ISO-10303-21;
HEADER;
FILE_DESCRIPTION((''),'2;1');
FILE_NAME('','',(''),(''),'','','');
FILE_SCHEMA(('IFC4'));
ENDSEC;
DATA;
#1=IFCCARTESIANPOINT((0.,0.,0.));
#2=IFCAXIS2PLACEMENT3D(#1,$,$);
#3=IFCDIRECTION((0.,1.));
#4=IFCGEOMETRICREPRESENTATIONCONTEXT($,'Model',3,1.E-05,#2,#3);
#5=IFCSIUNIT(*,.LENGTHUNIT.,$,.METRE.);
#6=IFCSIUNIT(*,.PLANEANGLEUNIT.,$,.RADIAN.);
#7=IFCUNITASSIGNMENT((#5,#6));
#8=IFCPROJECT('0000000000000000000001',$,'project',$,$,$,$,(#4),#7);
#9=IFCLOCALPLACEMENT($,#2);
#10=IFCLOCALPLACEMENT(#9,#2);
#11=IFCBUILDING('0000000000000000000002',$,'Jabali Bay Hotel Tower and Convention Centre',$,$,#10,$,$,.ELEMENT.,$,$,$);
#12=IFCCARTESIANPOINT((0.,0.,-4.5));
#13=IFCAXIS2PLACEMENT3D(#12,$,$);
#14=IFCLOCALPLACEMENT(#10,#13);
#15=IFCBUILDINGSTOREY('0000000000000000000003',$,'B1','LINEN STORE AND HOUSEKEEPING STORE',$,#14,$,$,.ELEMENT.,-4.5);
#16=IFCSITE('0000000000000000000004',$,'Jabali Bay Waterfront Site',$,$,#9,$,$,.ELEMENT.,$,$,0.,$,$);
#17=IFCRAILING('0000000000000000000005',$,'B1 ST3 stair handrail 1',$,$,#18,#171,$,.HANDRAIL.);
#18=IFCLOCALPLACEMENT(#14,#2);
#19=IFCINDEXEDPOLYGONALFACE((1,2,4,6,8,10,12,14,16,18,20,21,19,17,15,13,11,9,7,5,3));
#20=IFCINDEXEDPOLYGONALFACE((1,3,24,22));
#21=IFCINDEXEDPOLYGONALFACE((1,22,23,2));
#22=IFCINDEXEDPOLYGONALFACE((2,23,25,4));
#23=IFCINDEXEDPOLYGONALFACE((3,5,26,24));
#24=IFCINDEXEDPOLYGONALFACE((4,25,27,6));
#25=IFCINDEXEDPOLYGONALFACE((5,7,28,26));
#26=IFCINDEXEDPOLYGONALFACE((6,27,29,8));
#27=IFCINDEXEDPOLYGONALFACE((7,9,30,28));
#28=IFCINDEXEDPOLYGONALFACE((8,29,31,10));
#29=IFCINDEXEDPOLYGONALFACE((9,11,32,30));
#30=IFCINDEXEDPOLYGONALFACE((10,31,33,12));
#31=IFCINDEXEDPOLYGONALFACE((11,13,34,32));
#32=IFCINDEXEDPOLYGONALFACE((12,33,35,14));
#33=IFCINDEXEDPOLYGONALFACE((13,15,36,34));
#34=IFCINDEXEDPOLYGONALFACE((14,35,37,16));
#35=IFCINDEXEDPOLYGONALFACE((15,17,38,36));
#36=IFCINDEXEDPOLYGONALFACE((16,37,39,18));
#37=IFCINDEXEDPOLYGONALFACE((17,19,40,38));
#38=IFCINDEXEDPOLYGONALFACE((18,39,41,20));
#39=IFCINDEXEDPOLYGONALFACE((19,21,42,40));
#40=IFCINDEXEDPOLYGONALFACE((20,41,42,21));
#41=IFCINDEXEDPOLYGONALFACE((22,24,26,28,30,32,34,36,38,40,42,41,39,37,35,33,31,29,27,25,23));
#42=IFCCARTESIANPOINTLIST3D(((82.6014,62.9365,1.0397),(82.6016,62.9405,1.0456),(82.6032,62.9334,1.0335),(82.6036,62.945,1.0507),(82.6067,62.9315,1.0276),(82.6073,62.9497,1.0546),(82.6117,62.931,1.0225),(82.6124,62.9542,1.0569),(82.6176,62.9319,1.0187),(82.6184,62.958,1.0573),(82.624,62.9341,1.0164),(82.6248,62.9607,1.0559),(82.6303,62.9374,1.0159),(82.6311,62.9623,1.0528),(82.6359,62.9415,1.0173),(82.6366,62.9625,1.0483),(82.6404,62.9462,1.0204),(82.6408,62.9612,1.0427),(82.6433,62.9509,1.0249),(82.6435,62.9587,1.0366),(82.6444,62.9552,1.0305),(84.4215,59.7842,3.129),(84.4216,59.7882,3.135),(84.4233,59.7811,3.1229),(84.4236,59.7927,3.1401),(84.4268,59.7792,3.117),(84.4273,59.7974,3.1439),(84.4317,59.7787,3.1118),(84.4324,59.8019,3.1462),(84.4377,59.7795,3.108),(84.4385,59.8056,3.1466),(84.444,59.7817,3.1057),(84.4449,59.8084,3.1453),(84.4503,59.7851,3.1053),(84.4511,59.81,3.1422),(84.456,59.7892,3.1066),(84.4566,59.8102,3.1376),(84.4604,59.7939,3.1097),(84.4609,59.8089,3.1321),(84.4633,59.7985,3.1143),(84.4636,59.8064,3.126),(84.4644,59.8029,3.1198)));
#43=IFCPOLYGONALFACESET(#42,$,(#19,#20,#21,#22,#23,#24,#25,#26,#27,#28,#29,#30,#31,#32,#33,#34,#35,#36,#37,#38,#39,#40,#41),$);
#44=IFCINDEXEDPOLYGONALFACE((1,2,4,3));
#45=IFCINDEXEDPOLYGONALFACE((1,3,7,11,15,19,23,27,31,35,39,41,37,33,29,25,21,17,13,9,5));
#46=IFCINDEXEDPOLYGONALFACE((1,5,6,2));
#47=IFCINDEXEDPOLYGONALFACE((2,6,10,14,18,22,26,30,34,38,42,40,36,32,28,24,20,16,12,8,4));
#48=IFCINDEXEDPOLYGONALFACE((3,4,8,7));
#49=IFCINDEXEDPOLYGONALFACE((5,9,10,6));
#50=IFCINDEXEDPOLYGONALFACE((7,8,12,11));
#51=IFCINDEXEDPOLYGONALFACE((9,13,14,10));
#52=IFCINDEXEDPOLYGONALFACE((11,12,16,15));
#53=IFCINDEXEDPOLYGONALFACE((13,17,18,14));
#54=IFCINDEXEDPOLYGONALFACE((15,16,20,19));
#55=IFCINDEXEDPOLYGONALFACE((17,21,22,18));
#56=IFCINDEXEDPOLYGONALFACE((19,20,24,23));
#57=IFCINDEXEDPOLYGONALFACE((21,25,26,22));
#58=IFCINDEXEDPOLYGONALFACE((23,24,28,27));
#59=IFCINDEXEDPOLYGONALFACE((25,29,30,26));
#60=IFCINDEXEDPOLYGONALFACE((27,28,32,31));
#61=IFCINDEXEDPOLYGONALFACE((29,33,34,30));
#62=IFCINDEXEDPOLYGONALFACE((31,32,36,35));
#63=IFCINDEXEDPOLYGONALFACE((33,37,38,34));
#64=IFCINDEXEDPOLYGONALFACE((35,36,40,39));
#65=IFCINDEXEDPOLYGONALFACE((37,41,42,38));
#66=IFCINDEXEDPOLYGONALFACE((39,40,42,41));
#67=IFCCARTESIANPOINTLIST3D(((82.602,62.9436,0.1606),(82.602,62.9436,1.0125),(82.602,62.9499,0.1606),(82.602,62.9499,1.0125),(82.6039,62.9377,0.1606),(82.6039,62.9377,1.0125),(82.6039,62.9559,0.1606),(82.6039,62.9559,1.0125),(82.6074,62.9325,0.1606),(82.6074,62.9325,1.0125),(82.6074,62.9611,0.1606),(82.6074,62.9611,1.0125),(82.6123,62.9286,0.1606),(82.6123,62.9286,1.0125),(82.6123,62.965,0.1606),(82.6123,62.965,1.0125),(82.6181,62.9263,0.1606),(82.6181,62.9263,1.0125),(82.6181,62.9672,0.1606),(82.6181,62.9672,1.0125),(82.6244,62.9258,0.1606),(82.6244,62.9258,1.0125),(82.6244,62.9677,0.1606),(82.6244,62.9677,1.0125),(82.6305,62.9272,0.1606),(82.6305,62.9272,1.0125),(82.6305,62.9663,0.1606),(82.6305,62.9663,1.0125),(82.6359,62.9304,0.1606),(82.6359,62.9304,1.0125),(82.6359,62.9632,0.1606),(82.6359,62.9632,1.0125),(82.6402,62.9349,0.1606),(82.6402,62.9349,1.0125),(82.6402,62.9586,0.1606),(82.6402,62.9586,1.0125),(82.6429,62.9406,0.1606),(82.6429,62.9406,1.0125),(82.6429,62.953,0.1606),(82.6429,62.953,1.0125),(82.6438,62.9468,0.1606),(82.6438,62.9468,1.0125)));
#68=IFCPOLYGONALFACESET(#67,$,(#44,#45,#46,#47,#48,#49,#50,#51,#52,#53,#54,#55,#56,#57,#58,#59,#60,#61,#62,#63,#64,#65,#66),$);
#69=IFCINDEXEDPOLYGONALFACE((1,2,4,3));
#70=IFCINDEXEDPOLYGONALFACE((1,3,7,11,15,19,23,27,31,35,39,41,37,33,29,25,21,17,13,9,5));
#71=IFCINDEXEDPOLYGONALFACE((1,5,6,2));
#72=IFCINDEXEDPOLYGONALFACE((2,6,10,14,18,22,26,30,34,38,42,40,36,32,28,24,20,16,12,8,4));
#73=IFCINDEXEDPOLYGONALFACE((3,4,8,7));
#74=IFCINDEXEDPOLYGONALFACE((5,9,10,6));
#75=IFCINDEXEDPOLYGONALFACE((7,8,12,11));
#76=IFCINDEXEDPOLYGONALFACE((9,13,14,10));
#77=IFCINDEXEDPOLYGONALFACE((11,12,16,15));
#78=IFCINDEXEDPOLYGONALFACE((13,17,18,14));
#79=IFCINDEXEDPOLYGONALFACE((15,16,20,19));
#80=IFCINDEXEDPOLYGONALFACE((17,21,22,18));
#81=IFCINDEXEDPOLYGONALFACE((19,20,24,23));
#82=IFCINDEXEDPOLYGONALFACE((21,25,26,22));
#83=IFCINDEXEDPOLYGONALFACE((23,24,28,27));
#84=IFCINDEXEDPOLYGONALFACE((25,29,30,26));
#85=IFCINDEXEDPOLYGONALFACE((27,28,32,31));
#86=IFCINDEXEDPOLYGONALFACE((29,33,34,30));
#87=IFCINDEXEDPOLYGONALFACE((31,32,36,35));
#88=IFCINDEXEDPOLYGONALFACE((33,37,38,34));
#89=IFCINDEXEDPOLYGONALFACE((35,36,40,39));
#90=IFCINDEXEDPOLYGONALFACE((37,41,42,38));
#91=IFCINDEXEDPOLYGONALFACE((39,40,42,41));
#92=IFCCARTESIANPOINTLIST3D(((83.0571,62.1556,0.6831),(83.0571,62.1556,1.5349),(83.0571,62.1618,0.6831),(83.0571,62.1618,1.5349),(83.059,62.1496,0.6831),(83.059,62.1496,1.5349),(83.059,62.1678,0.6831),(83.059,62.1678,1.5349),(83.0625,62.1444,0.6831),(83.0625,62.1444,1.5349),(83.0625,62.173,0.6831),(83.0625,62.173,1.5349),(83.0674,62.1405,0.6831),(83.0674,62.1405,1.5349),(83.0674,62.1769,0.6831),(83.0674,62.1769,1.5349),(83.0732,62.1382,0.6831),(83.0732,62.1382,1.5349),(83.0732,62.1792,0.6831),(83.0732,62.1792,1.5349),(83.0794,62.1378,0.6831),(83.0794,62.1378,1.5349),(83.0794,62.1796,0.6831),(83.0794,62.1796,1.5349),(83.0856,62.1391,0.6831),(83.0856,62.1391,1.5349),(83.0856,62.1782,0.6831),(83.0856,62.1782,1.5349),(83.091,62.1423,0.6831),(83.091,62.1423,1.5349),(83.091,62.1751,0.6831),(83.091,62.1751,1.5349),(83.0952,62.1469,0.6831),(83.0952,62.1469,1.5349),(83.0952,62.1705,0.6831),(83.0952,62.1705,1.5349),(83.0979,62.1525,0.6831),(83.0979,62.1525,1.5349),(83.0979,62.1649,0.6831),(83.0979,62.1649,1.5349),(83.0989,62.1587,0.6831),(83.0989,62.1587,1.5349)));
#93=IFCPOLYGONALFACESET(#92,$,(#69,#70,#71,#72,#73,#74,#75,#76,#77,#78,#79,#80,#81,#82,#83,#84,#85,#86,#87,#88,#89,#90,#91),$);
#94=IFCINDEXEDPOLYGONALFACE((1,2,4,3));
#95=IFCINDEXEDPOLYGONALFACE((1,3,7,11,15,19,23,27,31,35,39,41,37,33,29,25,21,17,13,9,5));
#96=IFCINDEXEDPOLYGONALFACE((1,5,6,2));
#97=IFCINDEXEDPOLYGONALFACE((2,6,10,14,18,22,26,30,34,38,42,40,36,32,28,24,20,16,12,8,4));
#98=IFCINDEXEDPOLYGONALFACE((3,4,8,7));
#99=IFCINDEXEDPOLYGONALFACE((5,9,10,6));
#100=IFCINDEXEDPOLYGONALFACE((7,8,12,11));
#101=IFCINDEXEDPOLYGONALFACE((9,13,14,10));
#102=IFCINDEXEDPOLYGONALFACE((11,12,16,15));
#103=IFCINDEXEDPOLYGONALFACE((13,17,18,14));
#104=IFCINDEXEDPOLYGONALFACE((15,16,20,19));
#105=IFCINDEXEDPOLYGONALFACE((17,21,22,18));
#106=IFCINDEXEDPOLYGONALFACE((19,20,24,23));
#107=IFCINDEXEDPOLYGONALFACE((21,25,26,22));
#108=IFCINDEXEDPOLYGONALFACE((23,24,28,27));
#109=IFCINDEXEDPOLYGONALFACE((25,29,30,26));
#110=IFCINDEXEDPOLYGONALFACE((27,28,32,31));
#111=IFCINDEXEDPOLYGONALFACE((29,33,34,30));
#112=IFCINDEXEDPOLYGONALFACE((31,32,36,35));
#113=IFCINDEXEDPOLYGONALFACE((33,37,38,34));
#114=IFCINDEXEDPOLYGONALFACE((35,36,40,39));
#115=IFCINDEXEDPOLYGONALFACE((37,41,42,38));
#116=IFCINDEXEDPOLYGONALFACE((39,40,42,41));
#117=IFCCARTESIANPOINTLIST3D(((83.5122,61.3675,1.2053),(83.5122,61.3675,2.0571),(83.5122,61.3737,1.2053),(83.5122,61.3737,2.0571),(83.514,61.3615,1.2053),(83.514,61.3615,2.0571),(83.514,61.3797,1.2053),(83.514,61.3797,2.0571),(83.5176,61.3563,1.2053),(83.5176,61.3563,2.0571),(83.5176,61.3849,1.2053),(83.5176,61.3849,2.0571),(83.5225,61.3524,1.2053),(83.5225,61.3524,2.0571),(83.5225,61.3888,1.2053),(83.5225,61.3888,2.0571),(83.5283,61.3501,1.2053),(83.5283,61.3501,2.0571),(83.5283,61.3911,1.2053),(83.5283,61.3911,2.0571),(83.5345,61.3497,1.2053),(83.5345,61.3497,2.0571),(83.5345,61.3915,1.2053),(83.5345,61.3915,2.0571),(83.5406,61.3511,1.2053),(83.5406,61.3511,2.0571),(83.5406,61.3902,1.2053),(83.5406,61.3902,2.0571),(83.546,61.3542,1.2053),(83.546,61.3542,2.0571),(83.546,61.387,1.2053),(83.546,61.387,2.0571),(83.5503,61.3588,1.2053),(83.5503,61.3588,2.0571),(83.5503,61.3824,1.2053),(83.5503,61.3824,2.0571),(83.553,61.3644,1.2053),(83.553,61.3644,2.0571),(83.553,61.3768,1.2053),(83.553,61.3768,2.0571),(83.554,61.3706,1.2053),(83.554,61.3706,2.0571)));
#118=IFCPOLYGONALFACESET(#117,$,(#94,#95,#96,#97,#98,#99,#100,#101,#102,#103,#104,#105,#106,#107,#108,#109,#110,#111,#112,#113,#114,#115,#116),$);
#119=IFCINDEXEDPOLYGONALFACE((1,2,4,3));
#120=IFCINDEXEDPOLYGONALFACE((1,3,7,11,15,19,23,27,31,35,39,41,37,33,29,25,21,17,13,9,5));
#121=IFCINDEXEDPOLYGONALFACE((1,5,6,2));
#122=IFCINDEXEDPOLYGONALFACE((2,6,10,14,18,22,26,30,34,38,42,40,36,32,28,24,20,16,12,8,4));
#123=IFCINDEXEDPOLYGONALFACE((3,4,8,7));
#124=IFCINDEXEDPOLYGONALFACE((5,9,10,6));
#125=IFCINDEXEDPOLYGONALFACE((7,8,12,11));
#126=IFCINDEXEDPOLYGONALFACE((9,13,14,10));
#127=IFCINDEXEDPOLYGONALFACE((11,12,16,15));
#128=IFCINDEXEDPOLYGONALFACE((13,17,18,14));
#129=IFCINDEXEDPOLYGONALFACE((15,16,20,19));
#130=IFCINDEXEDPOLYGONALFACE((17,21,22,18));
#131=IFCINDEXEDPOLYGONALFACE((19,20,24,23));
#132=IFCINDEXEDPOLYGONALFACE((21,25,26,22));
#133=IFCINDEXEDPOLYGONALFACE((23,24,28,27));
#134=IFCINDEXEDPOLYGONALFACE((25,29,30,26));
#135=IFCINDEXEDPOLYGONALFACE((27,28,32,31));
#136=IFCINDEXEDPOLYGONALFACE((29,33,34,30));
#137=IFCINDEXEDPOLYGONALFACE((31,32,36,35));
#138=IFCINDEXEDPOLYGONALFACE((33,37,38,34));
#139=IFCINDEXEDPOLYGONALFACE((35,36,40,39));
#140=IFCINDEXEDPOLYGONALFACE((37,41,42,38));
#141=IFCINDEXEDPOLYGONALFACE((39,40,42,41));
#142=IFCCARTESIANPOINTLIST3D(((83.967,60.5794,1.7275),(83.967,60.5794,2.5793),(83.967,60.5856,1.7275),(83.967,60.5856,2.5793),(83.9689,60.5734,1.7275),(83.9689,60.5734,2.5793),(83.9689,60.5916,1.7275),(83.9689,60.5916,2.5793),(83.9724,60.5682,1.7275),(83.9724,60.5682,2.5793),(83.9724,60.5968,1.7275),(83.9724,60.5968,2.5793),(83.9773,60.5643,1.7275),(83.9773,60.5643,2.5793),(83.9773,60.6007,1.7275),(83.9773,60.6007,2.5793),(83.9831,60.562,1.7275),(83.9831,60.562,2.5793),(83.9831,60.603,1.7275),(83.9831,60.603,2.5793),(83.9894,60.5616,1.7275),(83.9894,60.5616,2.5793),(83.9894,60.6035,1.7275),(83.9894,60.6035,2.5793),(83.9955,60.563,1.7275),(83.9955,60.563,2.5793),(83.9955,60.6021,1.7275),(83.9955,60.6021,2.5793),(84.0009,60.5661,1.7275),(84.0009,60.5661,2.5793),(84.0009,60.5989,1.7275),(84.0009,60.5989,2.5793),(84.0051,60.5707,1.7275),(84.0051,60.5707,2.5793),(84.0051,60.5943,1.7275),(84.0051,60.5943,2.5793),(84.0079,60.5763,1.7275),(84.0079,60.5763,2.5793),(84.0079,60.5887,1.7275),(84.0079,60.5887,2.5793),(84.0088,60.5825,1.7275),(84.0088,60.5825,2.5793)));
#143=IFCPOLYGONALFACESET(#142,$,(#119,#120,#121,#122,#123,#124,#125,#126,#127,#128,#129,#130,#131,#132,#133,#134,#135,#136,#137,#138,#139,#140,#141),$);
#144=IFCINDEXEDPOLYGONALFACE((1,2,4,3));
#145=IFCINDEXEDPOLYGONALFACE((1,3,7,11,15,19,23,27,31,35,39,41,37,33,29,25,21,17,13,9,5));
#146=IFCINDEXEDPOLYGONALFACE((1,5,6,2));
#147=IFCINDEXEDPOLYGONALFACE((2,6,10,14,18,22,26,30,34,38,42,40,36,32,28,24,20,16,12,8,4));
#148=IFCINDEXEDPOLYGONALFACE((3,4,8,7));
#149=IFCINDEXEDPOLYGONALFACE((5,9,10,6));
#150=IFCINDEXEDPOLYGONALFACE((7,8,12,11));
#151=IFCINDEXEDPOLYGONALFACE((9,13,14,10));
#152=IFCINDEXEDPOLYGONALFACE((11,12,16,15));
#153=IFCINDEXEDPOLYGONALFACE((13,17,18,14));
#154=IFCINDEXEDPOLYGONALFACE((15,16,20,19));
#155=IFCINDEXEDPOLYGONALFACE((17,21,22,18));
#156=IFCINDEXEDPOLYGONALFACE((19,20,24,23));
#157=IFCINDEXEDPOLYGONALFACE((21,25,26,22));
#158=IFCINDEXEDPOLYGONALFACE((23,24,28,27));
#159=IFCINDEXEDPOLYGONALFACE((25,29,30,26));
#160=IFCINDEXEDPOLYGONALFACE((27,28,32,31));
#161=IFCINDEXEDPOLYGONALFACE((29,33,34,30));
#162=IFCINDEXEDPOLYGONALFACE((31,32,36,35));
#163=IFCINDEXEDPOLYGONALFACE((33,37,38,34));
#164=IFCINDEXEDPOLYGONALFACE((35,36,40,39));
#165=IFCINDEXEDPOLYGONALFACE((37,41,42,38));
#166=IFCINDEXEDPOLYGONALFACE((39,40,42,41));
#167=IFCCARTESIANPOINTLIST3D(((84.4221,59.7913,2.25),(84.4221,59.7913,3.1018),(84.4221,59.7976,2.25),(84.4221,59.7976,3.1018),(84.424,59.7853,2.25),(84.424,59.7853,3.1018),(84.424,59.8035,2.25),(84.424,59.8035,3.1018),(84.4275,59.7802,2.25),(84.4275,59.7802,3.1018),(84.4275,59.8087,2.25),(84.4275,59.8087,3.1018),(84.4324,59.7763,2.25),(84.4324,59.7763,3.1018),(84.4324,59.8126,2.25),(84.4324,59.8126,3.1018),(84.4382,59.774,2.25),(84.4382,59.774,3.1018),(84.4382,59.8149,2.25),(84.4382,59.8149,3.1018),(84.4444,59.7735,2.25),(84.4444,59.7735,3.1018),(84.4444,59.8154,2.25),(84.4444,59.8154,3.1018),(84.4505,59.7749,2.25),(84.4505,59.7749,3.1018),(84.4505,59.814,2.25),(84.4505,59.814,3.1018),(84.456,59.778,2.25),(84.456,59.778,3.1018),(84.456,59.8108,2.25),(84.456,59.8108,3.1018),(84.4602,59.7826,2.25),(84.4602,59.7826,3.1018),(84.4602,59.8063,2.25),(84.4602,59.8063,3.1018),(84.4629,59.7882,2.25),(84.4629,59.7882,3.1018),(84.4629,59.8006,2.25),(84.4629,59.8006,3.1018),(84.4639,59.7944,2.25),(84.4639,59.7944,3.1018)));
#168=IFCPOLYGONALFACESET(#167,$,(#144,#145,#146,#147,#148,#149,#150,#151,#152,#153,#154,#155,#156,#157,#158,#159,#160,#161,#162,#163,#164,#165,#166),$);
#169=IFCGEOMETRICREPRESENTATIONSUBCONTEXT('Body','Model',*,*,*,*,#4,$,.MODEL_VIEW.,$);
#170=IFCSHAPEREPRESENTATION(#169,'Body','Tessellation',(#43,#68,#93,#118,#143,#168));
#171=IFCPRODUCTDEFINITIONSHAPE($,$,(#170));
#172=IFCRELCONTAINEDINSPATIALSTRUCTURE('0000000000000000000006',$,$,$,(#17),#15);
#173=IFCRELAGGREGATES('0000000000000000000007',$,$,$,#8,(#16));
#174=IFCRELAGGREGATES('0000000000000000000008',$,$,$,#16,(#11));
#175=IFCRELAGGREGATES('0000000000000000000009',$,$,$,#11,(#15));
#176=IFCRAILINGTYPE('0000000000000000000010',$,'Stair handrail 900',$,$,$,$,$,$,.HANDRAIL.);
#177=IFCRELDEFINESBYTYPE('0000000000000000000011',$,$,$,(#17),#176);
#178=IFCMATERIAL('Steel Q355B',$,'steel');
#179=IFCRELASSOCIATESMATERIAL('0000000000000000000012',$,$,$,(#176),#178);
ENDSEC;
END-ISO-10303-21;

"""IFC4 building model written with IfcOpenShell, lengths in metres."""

from ifc_helpers import new_model, si_unit, direction, frame, origin, origin_2d, place, context, subcontext, project, spatial, circle, extrude, material, type_object, element, save


model = new_model("IFC4")

# Units and contexts
model_context = context("Model", 3, precision=1e-05, world=origin(), true_north=direction((0.0, 1.0)))
body_context = subcontext(model_context, "Body", "Model", "MODEL_VIEW")
ifc_project = project(units=[si_unit("LENGTHUNIT", "METRE"), si_unit("PLANEANGLEUNIT", "RADIAN")], contexts=[model_context])

# Site, building, storey
site_placement = place(None, origin())
site = spatial("IfcSite", under=ifc_project, at=site_placement, Name="Jabali Bay Waterfront Site", CompositionType="ELEMENT", RefElevation=0.0)
building_placement = place(site_placement, origin())
building = spatial("IfcBuilding", under=site, at=building_placement, Name="Jabali Bay Hotel Tower and Convention Centre", CompositionType="ELEMENT")
storey_placement = place(building_placement, frame((0.0, 0.0, -4.5)))
storey = spatial("IfcBuildingStorey", under=building, at=storey_placement, Name="B1", Description="LINEN STORE AND HOUSEKEEPING STORE", CompositionType="ELEMENT", Elevation=-4.5)

# Railing
ifc_material_1 = material(Name="Steel Q355B", Category="steel")
railing_type_1 = type_object("IfcRailingType", Name="Stair handrail 900", PredefinedType="HANDRAIL", material=ifc_material_1)
railing_1_placement = place(storey_placement, frame((82.6228, 62.9468, 0.1606)))
element("IfcRailing", 1, at=railing_1_placement, inside=storey, type_object=railing_type_1, Name="B1 ST3 stair handrail 1", PredefinedType="HANDRAIL", context=body_context, shape_type="SweptSolid", body=[
    extrude(circle(Radius=0.0239, at=origin_2d()), frame((0.0, 0.0, 0.876), z_axis=(0.433653, -0.751084, 0.497814), x_axis=(0.866018, 0.500013, 0.0)), (0.0, 0.0, 1.0), 4.197),
    extrude(circle(Radius=0.021, at=origin_2d()), origin(), (0.0, 0.0, 1.0), 0.8518),
    extrude(circle(Radius=0.021, at=origin_2d()), frame((0.4551, -0.7881, 0.5225)), (0.0, 0.0, 1.0), 0.8518),
    extrude(circle(Radius=0.021, at=origin_2d()), frame((0.9102, -1.5762, 1.0447)), (0.0, 0.0, 1.0), 0.8518),
    extrude(circle(Radius=0.021, at=origin_2d()), frame((1.365, -2.3643, 1.5669)), (0.0, 0.0, 1.0), 0.8518),
    extrude(circle(Radius=0.021, at=origin_2d()), frame((1.8201, -3.1523, 2.0894)), (0.0, 0.0, 1.0), 0.8518),
])

save(model, "model.ifc")
